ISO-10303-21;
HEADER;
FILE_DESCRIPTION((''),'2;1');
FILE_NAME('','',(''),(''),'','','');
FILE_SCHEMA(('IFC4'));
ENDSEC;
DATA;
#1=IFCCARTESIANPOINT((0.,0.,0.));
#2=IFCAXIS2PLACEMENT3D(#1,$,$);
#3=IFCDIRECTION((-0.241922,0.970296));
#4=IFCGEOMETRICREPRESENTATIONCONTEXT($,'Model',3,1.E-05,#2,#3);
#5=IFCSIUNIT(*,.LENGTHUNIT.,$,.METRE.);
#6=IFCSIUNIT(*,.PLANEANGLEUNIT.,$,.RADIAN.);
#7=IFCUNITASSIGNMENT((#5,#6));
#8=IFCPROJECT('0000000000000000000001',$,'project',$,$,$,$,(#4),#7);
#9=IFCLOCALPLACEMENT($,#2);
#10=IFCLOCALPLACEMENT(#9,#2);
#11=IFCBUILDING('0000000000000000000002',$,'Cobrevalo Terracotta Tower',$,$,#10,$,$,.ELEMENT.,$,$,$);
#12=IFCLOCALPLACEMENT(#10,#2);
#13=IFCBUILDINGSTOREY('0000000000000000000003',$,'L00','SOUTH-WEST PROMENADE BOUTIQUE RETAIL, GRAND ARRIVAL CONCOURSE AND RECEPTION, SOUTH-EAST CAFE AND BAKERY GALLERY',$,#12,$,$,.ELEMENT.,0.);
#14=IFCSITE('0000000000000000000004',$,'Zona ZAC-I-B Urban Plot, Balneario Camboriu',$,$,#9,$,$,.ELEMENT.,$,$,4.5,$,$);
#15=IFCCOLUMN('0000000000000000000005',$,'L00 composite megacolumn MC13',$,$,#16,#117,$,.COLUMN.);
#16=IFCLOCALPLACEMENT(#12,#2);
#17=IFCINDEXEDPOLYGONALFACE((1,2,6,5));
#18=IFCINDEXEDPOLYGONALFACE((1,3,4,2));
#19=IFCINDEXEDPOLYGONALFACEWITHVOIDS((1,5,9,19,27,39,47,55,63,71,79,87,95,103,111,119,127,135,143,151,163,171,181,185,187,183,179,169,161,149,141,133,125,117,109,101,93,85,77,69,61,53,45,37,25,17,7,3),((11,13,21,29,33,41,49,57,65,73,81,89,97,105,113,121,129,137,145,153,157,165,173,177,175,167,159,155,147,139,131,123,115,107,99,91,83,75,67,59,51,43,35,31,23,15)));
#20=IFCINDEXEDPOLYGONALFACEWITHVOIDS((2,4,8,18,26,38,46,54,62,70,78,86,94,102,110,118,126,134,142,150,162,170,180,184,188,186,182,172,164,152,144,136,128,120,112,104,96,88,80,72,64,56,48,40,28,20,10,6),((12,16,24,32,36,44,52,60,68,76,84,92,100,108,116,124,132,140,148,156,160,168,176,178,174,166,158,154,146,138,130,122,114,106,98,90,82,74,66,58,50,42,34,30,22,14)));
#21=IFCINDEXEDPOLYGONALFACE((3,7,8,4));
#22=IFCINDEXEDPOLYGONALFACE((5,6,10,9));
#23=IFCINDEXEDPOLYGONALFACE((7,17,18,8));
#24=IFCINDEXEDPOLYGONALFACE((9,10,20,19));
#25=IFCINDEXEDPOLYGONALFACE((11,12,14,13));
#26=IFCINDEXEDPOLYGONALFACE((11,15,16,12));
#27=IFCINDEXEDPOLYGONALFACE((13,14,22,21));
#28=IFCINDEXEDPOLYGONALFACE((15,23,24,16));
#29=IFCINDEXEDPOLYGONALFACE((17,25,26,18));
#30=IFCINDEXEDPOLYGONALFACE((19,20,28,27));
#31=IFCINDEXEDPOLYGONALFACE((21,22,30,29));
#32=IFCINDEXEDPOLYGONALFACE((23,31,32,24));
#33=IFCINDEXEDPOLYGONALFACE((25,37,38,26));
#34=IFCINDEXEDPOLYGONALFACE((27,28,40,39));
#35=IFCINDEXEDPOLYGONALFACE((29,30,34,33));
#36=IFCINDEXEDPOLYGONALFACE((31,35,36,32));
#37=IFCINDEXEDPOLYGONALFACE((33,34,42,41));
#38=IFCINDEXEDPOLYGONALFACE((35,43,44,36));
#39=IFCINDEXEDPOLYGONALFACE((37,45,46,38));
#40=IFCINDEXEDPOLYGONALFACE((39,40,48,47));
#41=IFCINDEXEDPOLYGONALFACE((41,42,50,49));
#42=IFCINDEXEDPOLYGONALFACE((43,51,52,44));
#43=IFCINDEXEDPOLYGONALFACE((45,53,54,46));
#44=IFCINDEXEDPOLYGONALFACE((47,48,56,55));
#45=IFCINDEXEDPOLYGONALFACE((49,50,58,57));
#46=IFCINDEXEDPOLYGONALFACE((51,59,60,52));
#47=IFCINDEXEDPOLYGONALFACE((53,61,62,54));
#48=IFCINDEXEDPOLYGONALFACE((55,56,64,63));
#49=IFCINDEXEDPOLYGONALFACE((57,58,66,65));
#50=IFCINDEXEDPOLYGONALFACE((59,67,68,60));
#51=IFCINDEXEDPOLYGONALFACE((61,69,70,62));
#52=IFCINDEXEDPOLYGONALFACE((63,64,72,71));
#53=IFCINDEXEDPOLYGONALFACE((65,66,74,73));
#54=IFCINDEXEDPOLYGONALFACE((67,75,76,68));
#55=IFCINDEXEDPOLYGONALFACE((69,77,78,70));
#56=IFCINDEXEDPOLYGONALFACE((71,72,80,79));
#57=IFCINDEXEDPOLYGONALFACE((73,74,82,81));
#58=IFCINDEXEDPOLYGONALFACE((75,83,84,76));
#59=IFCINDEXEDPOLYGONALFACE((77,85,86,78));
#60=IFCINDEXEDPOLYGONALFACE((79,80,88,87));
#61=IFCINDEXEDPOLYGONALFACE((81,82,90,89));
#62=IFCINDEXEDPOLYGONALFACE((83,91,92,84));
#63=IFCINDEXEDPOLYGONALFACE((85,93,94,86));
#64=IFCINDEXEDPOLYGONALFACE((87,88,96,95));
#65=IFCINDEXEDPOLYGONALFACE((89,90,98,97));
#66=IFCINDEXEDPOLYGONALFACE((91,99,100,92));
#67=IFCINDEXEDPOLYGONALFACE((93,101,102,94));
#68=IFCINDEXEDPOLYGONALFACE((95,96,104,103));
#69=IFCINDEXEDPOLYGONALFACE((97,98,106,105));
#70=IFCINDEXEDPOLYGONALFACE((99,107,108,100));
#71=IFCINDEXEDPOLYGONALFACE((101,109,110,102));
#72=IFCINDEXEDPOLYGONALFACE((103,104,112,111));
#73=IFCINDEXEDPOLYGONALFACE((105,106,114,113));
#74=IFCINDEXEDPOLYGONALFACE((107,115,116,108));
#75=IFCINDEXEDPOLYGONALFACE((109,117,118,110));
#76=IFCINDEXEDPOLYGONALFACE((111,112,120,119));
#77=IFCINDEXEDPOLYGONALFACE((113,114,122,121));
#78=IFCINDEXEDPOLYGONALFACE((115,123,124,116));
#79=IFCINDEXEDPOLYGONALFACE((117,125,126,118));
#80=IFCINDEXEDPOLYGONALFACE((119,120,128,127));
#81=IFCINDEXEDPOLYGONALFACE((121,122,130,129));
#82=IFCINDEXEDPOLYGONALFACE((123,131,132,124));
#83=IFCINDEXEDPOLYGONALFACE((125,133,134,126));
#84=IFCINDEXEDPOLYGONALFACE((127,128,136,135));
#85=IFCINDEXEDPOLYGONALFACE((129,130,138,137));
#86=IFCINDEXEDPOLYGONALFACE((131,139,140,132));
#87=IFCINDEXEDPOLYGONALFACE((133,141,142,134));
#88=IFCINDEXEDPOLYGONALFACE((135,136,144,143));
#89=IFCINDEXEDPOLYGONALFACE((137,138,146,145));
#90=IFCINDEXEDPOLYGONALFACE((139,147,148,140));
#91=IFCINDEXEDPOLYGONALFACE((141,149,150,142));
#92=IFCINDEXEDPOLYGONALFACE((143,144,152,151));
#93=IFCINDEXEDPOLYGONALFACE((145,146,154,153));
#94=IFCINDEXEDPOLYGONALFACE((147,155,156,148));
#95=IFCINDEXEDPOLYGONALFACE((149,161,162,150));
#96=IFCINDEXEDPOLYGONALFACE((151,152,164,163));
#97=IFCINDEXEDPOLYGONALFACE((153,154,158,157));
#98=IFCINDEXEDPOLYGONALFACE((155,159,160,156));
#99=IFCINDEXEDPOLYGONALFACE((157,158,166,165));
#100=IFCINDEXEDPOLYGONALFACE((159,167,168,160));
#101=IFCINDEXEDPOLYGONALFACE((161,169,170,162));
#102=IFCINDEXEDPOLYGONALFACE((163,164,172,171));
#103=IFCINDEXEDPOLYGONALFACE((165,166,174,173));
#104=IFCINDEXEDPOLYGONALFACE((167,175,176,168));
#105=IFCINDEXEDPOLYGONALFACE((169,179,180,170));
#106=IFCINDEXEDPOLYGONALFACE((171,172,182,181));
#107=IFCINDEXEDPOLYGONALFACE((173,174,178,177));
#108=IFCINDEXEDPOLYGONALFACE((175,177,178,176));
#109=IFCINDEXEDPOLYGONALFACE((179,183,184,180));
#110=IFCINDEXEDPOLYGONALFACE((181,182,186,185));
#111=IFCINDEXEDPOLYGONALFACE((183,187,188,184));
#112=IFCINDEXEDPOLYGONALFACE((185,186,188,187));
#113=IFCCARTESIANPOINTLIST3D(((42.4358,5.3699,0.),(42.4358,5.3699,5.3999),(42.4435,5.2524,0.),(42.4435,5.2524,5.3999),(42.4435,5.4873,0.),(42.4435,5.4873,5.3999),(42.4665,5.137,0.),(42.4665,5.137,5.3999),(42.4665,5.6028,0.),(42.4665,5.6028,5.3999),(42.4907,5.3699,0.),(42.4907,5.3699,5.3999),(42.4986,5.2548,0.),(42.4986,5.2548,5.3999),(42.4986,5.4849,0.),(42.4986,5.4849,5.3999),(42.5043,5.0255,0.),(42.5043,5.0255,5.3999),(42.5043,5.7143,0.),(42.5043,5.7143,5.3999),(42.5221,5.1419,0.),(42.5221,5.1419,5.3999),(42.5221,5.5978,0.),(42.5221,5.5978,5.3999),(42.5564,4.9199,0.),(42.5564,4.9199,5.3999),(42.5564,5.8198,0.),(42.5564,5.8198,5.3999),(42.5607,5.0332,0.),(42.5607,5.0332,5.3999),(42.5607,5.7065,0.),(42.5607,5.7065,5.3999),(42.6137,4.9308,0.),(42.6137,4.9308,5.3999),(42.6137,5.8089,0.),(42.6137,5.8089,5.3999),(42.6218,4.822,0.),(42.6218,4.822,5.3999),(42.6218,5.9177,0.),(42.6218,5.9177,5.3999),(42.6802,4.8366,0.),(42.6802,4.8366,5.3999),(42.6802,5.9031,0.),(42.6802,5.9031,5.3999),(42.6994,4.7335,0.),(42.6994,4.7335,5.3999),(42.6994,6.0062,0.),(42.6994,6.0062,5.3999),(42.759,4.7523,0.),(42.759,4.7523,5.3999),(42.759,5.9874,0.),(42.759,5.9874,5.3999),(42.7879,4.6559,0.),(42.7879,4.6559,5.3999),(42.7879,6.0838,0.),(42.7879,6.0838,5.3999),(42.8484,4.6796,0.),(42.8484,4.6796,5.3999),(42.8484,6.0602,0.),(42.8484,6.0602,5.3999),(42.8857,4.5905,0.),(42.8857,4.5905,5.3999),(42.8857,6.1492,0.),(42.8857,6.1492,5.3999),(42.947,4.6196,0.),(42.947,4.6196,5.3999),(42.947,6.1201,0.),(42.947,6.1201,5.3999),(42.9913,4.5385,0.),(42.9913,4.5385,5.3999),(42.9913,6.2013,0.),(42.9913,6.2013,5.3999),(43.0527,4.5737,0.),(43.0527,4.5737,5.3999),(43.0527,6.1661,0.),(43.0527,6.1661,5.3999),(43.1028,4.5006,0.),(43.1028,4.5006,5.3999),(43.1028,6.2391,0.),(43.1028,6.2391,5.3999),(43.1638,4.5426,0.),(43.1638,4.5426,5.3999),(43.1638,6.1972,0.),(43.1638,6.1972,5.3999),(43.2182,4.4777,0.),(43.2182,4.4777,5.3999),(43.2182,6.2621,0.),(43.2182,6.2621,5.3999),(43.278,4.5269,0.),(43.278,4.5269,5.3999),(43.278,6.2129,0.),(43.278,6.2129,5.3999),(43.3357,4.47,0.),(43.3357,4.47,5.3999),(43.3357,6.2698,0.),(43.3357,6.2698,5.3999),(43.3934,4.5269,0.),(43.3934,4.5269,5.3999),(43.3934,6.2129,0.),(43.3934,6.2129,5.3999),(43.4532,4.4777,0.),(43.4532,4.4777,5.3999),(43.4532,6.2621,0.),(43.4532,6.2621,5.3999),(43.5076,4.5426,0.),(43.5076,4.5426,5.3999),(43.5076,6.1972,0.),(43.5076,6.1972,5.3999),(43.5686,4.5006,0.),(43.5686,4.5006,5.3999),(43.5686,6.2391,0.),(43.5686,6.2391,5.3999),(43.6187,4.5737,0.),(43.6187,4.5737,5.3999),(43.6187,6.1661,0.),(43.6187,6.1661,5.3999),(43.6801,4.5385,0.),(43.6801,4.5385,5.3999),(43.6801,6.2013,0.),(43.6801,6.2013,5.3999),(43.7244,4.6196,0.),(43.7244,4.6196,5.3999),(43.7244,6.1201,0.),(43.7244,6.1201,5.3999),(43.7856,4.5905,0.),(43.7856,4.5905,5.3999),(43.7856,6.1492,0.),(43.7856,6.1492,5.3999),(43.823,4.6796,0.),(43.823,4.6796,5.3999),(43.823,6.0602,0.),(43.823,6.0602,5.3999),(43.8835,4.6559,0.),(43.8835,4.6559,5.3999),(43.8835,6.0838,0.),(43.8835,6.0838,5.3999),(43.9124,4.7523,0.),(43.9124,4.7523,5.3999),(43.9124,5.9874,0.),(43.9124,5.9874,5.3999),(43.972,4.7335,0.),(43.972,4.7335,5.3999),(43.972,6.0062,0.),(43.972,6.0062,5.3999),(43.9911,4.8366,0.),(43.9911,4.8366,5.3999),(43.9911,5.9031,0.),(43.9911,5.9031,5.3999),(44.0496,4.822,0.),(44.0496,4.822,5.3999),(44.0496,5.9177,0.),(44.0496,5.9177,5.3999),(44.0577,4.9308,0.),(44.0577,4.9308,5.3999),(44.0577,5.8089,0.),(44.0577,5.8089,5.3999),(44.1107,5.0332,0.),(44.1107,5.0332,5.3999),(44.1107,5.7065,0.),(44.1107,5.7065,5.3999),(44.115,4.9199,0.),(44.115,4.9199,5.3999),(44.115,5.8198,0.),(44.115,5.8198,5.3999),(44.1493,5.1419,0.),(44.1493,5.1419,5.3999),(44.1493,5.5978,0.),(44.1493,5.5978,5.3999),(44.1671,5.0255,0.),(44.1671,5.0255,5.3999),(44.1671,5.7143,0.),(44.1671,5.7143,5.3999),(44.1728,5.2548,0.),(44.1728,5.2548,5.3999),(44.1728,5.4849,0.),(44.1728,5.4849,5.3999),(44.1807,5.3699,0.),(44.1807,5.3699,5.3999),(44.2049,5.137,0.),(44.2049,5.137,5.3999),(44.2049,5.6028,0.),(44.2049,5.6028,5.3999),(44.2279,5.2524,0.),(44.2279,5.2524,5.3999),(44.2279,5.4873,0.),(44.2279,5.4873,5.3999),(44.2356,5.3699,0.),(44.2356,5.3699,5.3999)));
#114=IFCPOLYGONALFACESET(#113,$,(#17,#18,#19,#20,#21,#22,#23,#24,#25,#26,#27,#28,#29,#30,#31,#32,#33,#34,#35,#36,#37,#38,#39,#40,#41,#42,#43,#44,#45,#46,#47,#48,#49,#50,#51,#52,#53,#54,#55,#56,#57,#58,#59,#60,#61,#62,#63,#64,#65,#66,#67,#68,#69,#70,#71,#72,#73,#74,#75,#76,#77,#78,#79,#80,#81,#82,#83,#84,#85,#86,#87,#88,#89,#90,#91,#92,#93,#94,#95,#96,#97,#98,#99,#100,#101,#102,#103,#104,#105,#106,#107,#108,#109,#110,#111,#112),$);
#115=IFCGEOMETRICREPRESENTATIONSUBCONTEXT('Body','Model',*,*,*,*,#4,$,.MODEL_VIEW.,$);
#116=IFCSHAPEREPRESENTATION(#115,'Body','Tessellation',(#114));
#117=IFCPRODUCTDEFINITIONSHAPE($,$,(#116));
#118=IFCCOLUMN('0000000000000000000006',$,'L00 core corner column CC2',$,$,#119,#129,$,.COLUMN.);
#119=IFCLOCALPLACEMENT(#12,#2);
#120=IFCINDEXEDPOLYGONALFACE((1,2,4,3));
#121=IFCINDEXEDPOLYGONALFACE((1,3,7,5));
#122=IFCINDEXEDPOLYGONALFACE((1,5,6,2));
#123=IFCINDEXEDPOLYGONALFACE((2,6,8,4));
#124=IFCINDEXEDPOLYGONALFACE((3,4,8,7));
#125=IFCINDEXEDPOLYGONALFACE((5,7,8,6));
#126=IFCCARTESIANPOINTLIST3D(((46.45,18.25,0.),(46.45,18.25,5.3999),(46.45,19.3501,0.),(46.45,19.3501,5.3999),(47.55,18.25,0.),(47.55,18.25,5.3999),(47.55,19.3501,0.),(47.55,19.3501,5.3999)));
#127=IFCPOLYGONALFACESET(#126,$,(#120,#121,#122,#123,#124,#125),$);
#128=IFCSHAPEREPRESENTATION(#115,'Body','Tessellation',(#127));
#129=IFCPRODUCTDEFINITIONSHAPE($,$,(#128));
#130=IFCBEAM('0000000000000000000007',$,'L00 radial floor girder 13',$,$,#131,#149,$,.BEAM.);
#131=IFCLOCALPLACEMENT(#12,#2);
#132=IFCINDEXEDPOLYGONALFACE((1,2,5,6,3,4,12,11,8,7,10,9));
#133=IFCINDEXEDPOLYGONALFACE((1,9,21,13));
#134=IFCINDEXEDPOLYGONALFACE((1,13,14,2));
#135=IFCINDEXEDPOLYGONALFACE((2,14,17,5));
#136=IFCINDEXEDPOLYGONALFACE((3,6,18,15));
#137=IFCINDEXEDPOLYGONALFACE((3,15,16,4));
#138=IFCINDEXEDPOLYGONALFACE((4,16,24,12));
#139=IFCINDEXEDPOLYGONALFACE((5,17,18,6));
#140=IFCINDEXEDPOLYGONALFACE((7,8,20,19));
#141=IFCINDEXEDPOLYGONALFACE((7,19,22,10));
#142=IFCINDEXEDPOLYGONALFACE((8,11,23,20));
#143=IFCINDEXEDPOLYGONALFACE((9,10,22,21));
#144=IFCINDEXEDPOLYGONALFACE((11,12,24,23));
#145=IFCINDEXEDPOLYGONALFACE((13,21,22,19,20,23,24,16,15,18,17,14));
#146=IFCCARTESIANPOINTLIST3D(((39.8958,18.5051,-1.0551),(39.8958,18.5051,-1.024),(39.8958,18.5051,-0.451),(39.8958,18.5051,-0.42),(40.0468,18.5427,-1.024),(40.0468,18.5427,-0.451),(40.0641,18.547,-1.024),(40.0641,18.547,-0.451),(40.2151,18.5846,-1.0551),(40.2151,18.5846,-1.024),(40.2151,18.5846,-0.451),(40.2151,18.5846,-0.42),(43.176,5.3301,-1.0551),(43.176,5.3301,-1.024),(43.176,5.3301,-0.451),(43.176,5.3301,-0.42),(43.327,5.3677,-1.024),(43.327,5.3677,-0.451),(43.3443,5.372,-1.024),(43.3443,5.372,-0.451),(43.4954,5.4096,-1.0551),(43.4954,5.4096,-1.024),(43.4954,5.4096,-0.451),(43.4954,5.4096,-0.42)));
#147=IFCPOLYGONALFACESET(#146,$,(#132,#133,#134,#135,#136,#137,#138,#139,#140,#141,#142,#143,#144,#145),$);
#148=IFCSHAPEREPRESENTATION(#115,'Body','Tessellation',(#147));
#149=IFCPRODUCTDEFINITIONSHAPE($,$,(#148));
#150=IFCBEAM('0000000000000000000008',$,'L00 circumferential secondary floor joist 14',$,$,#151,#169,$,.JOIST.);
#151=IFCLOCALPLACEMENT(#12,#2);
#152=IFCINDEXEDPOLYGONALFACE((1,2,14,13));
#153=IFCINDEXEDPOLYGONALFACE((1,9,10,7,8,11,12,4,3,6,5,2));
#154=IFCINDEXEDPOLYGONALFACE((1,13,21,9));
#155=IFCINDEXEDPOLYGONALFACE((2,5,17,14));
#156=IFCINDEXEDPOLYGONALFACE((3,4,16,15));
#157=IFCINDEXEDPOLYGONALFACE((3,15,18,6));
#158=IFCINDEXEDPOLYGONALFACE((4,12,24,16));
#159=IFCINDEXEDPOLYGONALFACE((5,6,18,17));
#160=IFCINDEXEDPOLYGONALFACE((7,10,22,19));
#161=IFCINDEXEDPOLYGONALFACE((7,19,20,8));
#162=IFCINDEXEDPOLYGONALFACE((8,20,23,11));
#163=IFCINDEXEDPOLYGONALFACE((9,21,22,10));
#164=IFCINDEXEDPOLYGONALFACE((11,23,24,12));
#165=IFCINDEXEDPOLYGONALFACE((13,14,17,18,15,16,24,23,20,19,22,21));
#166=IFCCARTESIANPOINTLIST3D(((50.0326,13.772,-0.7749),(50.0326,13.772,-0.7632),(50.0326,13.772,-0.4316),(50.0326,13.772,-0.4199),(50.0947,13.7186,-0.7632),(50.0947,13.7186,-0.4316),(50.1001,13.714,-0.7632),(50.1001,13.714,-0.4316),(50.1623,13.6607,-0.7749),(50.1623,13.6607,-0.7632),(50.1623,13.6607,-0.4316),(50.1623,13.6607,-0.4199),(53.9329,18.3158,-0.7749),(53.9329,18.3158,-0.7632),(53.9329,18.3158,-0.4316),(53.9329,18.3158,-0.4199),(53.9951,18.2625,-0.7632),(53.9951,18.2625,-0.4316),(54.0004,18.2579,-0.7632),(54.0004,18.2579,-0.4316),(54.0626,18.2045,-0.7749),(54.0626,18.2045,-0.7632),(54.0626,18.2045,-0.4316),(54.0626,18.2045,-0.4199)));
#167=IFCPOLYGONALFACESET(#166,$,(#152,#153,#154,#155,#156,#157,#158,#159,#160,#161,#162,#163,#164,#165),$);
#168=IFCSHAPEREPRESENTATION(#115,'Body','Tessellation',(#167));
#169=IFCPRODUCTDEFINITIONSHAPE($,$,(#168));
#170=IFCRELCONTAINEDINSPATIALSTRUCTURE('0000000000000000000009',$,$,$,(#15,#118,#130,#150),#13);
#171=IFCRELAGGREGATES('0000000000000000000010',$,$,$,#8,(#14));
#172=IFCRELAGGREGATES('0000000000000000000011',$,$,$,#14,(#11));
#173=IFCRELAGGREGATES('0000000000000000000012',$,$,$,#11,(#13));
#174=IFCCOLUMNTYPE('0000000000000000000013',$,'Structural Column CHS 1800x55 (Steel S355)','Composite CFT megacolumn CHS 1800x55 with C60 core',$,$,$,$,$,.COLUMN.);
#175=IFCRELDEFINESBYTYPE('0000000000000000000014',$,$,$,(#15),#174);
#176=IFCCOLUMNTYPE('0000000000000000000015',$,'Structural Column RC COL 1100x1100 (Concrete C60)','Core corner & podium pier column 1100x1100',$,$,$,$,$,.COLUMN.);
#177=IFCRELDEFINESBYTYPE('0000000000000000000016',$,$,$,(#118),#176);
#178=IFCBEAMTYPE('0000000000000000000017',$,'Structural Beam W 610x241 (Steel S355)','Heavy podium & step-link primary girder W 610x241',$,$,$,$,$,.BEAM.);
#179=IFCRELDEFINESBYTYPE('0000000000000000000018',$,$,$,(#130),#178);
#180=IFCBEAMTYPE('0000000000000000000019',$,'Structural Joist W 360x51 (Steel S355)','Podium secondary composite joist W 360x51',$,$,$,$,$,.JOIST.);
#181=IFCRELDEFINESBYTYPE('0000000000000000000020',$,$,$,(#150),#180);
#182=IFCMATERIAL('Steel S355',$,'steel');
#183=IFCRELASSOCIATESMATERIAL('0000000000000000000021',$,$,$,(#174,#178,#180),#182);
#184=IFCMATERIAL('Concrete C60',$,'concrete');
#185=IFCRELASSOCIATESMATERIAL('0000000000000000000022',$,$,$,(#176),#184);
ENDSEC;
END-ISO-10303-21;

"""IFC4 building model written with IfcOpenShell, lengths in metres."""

from ifc_helpers import new_model, si_unit, direction, frame, origin, origin_2d, place, context, subcontext, project, spatial, rectangle, hollow_circle, i_section, extrude, material, material_profile, profile_set, type_object, element, save


model = new_model("IFC4")

# Units and contexts
model_context = context("Model", 3, precision=1e-05, world=origin(), true_north=direction((-0.241922, 0.970296)))
body_context = subcontext(model_context, "Body", "Model", "MODEL_VIEW")
ifc_project = project(units=[si_unit("LENGTHUNIT", "METRE"), si_unit("PLANEANGLEUNIT", "RADIAN")], contexts=[model_context])

# Site, building, storey
site_placement = place(None, origin())
site = spatial("IfcSite", under=ifc_project, at=site_placement, Name="Zona ZAC-I-B Urban Plot, Balneario Camboriu", CompositionType="ELEMENT", RefElevation=4.5)
building_placement = place(site_placement, origin())
building = spatial("IfcBuilding", under=site, at=building_placement, Name="Cobrevalo Terracotta Tower", CompositionType="ELEMENT")
storey_placement = place(building_placement, origin())
storey = spatial("IfcBuildingStorey", under=building, at=storey_placement, Name="L00", Description="SOUTH-WEST PROMENADE BOUTIQUE RETAIL, GRAND ARRIVAL CONCOURSE AND RECEPTION, SOUTH-EAST CAFE AND BAKERY GALLERY", CompositionType="ELEMENT", Elevation=0.0)

# Columns
ifc_material_1 = material(Name="Steel S355", Category="steel")
ifc_material_profile_1 = material_profile(ifc_material_1, hollow_circle(Radius=0.8999, WallThickness=0.0549, at=origin_2d()), Name="CHS 1800x55")
ifc_profile_set_1 = profile_set([ifc_material_profile_1], Name="Steel S355")
column_type_1 = type_object("IfcColumnType", Name="Structural Column CHS 1800x55 (Steel S355)", Description="Composite CFT megacolumn CHS 1800x55 with C60 core", PredefinedType="COLUMN", material=ifc_profile_set_1)
column_1_placement = place(storey_placement, frame((43.3357, 5.3699, 0.0), z_axis=(0.0, 0.0, 1.0), x_axis=(1.0, 0.0, 0.0)))
element("IfcColumn", 1, at=column_1_placement, inside=storey, type_object=column_type_1, Name="L00 composite megacolumn MC13", PredefinedType="COLUMN", context=body_context, shape_type="SweptSolid", body=[
    extrude(hollow_circle(Radius=0.8999, WallThickness=0.0549, at=origin_2d()), origin(), (0.0, 0.0, 1.0), 5.3999),
])
ifc_material_2 = material(Name="Concrete C60", Category="concrete")
ifc_material_profile_2 = material_profile(ifc_material_2, rectangle(XDim=1.1001, YDim=1.1001, at=origin_2d()), Name="RC COL 1100x1100")
ifc_profile_set_2 = profile_set([ifc_material_profile_2], Name="Concrete C60")
column_type_2 = type_object("IfcColumnType", Name="Structural Column RC COL 1100x1100 (Concrete C60)", Description="Core corner & podium pier column 1100x1100", PredefinedType="COLUMN", material=ifc_profile_set_2)
column_2_placement = place(storey_placement, frame((47.0, 18.8, 0.0), z_axis=(0.0, 0.0, 1.0), x_axis=(1.0, 0.0, 0.0)))
element("IfcColumn", 2, at=column_2_placement, inside=storey, type_object=column_type_2, Name="L00 core corner column CC2", PredefinedType="COLUMN", context=body_context, shape_type="SweptSolid", body=[
    extrude(rectangle(XDim=1.1001, YDim=1.1001, at=origin_2d()), origin(), (0.0, 0.0, 1.0), 5.3999),
])

# Beams
ifc_material_profile_3 = material_profile(ifc_material_1, i_section(OverallWidth=0.3291, OverallDepth=0.635, WebThickness=0.0178, FlangeThickness=0.031, at=origin_2d()), Name="W 610x241")
ifc_profile_set_3 = profile_set([ifc_material_profile_3], Name="Steel S355")
beam_type_1 = type_object("IfcBeamType", Name="Structural Beam W 610x241 (Steel S355)", Description="Heavy podium & step-link primary girder W 610x241", PredefinedType="BEAM", material=ifc_profile_set_3)
beam_1_placement = place(storey_placement, frame((43.3357, 5.3699, -0.7375), z_axis=(-0.2416, 0.970376, 0.0), x_axis=(-0.970376, -0.2416, 0.0)))
element("IfcBeam", 3, at=beam_1_placement, inside=storey, type_object=beam_type_1, Name="L00 radial floor girder 13", PredefinedType="BEAM", context=body_context, shape_type="SweptSolid", body=[
    extrude(i_section(OverallWidth=0.3291, OverallDepth=0.635, WebThickness=0.0178, FlangeThickness=0.031, at=origin_2d()), origin(), (0.0, 0.0, 1.0), 13.5771),
])
ifc_material_profile_4 = material_profile(ifc_material_1, i_section(OverallWidth=0.1709, OverallDepth=0.355, WebThickness=0.0071, FlangeThickness=0.0117, at=origin_2d()), Name="W 360x51")
ifc_profile_set_4 = profile_set([ifc_material_profile_4], Name="Steel S355")
beam_type_2 = type_object("IfcBeamType", Name="Structural Joist W 360x51 (Steel S355)", Description="Podium secondary composite joist W 360x51", PredefinedType="JOIST", material=ifc_profile_set_4)
beam_2_placement = place(storey_placement, frame((50.0974, 13.7163, -0.5974), z_axis=(0.651328, 0.758796, 0.0), x_axis=(-0.758796, 0.651328, 0.0)))
element("IfcBeam", 4, at=beam_2_placement, inside=storey, type_object=beam_type_2, Name="L00 circumferential secondary floor joist 14", PredefinedType="JOIST", context=body_context, shape_type="SweptSolid", body=[
    extrude(i_section(OverallWidth=0.1709, OverallDepth=0.355, WebThickness=0.0071, FlangeThickness=0.0117, at=origin_2d()), origin(), (0.0, 0.0, 1.0), 5.9883),
])

save(model, "model.ifc")
